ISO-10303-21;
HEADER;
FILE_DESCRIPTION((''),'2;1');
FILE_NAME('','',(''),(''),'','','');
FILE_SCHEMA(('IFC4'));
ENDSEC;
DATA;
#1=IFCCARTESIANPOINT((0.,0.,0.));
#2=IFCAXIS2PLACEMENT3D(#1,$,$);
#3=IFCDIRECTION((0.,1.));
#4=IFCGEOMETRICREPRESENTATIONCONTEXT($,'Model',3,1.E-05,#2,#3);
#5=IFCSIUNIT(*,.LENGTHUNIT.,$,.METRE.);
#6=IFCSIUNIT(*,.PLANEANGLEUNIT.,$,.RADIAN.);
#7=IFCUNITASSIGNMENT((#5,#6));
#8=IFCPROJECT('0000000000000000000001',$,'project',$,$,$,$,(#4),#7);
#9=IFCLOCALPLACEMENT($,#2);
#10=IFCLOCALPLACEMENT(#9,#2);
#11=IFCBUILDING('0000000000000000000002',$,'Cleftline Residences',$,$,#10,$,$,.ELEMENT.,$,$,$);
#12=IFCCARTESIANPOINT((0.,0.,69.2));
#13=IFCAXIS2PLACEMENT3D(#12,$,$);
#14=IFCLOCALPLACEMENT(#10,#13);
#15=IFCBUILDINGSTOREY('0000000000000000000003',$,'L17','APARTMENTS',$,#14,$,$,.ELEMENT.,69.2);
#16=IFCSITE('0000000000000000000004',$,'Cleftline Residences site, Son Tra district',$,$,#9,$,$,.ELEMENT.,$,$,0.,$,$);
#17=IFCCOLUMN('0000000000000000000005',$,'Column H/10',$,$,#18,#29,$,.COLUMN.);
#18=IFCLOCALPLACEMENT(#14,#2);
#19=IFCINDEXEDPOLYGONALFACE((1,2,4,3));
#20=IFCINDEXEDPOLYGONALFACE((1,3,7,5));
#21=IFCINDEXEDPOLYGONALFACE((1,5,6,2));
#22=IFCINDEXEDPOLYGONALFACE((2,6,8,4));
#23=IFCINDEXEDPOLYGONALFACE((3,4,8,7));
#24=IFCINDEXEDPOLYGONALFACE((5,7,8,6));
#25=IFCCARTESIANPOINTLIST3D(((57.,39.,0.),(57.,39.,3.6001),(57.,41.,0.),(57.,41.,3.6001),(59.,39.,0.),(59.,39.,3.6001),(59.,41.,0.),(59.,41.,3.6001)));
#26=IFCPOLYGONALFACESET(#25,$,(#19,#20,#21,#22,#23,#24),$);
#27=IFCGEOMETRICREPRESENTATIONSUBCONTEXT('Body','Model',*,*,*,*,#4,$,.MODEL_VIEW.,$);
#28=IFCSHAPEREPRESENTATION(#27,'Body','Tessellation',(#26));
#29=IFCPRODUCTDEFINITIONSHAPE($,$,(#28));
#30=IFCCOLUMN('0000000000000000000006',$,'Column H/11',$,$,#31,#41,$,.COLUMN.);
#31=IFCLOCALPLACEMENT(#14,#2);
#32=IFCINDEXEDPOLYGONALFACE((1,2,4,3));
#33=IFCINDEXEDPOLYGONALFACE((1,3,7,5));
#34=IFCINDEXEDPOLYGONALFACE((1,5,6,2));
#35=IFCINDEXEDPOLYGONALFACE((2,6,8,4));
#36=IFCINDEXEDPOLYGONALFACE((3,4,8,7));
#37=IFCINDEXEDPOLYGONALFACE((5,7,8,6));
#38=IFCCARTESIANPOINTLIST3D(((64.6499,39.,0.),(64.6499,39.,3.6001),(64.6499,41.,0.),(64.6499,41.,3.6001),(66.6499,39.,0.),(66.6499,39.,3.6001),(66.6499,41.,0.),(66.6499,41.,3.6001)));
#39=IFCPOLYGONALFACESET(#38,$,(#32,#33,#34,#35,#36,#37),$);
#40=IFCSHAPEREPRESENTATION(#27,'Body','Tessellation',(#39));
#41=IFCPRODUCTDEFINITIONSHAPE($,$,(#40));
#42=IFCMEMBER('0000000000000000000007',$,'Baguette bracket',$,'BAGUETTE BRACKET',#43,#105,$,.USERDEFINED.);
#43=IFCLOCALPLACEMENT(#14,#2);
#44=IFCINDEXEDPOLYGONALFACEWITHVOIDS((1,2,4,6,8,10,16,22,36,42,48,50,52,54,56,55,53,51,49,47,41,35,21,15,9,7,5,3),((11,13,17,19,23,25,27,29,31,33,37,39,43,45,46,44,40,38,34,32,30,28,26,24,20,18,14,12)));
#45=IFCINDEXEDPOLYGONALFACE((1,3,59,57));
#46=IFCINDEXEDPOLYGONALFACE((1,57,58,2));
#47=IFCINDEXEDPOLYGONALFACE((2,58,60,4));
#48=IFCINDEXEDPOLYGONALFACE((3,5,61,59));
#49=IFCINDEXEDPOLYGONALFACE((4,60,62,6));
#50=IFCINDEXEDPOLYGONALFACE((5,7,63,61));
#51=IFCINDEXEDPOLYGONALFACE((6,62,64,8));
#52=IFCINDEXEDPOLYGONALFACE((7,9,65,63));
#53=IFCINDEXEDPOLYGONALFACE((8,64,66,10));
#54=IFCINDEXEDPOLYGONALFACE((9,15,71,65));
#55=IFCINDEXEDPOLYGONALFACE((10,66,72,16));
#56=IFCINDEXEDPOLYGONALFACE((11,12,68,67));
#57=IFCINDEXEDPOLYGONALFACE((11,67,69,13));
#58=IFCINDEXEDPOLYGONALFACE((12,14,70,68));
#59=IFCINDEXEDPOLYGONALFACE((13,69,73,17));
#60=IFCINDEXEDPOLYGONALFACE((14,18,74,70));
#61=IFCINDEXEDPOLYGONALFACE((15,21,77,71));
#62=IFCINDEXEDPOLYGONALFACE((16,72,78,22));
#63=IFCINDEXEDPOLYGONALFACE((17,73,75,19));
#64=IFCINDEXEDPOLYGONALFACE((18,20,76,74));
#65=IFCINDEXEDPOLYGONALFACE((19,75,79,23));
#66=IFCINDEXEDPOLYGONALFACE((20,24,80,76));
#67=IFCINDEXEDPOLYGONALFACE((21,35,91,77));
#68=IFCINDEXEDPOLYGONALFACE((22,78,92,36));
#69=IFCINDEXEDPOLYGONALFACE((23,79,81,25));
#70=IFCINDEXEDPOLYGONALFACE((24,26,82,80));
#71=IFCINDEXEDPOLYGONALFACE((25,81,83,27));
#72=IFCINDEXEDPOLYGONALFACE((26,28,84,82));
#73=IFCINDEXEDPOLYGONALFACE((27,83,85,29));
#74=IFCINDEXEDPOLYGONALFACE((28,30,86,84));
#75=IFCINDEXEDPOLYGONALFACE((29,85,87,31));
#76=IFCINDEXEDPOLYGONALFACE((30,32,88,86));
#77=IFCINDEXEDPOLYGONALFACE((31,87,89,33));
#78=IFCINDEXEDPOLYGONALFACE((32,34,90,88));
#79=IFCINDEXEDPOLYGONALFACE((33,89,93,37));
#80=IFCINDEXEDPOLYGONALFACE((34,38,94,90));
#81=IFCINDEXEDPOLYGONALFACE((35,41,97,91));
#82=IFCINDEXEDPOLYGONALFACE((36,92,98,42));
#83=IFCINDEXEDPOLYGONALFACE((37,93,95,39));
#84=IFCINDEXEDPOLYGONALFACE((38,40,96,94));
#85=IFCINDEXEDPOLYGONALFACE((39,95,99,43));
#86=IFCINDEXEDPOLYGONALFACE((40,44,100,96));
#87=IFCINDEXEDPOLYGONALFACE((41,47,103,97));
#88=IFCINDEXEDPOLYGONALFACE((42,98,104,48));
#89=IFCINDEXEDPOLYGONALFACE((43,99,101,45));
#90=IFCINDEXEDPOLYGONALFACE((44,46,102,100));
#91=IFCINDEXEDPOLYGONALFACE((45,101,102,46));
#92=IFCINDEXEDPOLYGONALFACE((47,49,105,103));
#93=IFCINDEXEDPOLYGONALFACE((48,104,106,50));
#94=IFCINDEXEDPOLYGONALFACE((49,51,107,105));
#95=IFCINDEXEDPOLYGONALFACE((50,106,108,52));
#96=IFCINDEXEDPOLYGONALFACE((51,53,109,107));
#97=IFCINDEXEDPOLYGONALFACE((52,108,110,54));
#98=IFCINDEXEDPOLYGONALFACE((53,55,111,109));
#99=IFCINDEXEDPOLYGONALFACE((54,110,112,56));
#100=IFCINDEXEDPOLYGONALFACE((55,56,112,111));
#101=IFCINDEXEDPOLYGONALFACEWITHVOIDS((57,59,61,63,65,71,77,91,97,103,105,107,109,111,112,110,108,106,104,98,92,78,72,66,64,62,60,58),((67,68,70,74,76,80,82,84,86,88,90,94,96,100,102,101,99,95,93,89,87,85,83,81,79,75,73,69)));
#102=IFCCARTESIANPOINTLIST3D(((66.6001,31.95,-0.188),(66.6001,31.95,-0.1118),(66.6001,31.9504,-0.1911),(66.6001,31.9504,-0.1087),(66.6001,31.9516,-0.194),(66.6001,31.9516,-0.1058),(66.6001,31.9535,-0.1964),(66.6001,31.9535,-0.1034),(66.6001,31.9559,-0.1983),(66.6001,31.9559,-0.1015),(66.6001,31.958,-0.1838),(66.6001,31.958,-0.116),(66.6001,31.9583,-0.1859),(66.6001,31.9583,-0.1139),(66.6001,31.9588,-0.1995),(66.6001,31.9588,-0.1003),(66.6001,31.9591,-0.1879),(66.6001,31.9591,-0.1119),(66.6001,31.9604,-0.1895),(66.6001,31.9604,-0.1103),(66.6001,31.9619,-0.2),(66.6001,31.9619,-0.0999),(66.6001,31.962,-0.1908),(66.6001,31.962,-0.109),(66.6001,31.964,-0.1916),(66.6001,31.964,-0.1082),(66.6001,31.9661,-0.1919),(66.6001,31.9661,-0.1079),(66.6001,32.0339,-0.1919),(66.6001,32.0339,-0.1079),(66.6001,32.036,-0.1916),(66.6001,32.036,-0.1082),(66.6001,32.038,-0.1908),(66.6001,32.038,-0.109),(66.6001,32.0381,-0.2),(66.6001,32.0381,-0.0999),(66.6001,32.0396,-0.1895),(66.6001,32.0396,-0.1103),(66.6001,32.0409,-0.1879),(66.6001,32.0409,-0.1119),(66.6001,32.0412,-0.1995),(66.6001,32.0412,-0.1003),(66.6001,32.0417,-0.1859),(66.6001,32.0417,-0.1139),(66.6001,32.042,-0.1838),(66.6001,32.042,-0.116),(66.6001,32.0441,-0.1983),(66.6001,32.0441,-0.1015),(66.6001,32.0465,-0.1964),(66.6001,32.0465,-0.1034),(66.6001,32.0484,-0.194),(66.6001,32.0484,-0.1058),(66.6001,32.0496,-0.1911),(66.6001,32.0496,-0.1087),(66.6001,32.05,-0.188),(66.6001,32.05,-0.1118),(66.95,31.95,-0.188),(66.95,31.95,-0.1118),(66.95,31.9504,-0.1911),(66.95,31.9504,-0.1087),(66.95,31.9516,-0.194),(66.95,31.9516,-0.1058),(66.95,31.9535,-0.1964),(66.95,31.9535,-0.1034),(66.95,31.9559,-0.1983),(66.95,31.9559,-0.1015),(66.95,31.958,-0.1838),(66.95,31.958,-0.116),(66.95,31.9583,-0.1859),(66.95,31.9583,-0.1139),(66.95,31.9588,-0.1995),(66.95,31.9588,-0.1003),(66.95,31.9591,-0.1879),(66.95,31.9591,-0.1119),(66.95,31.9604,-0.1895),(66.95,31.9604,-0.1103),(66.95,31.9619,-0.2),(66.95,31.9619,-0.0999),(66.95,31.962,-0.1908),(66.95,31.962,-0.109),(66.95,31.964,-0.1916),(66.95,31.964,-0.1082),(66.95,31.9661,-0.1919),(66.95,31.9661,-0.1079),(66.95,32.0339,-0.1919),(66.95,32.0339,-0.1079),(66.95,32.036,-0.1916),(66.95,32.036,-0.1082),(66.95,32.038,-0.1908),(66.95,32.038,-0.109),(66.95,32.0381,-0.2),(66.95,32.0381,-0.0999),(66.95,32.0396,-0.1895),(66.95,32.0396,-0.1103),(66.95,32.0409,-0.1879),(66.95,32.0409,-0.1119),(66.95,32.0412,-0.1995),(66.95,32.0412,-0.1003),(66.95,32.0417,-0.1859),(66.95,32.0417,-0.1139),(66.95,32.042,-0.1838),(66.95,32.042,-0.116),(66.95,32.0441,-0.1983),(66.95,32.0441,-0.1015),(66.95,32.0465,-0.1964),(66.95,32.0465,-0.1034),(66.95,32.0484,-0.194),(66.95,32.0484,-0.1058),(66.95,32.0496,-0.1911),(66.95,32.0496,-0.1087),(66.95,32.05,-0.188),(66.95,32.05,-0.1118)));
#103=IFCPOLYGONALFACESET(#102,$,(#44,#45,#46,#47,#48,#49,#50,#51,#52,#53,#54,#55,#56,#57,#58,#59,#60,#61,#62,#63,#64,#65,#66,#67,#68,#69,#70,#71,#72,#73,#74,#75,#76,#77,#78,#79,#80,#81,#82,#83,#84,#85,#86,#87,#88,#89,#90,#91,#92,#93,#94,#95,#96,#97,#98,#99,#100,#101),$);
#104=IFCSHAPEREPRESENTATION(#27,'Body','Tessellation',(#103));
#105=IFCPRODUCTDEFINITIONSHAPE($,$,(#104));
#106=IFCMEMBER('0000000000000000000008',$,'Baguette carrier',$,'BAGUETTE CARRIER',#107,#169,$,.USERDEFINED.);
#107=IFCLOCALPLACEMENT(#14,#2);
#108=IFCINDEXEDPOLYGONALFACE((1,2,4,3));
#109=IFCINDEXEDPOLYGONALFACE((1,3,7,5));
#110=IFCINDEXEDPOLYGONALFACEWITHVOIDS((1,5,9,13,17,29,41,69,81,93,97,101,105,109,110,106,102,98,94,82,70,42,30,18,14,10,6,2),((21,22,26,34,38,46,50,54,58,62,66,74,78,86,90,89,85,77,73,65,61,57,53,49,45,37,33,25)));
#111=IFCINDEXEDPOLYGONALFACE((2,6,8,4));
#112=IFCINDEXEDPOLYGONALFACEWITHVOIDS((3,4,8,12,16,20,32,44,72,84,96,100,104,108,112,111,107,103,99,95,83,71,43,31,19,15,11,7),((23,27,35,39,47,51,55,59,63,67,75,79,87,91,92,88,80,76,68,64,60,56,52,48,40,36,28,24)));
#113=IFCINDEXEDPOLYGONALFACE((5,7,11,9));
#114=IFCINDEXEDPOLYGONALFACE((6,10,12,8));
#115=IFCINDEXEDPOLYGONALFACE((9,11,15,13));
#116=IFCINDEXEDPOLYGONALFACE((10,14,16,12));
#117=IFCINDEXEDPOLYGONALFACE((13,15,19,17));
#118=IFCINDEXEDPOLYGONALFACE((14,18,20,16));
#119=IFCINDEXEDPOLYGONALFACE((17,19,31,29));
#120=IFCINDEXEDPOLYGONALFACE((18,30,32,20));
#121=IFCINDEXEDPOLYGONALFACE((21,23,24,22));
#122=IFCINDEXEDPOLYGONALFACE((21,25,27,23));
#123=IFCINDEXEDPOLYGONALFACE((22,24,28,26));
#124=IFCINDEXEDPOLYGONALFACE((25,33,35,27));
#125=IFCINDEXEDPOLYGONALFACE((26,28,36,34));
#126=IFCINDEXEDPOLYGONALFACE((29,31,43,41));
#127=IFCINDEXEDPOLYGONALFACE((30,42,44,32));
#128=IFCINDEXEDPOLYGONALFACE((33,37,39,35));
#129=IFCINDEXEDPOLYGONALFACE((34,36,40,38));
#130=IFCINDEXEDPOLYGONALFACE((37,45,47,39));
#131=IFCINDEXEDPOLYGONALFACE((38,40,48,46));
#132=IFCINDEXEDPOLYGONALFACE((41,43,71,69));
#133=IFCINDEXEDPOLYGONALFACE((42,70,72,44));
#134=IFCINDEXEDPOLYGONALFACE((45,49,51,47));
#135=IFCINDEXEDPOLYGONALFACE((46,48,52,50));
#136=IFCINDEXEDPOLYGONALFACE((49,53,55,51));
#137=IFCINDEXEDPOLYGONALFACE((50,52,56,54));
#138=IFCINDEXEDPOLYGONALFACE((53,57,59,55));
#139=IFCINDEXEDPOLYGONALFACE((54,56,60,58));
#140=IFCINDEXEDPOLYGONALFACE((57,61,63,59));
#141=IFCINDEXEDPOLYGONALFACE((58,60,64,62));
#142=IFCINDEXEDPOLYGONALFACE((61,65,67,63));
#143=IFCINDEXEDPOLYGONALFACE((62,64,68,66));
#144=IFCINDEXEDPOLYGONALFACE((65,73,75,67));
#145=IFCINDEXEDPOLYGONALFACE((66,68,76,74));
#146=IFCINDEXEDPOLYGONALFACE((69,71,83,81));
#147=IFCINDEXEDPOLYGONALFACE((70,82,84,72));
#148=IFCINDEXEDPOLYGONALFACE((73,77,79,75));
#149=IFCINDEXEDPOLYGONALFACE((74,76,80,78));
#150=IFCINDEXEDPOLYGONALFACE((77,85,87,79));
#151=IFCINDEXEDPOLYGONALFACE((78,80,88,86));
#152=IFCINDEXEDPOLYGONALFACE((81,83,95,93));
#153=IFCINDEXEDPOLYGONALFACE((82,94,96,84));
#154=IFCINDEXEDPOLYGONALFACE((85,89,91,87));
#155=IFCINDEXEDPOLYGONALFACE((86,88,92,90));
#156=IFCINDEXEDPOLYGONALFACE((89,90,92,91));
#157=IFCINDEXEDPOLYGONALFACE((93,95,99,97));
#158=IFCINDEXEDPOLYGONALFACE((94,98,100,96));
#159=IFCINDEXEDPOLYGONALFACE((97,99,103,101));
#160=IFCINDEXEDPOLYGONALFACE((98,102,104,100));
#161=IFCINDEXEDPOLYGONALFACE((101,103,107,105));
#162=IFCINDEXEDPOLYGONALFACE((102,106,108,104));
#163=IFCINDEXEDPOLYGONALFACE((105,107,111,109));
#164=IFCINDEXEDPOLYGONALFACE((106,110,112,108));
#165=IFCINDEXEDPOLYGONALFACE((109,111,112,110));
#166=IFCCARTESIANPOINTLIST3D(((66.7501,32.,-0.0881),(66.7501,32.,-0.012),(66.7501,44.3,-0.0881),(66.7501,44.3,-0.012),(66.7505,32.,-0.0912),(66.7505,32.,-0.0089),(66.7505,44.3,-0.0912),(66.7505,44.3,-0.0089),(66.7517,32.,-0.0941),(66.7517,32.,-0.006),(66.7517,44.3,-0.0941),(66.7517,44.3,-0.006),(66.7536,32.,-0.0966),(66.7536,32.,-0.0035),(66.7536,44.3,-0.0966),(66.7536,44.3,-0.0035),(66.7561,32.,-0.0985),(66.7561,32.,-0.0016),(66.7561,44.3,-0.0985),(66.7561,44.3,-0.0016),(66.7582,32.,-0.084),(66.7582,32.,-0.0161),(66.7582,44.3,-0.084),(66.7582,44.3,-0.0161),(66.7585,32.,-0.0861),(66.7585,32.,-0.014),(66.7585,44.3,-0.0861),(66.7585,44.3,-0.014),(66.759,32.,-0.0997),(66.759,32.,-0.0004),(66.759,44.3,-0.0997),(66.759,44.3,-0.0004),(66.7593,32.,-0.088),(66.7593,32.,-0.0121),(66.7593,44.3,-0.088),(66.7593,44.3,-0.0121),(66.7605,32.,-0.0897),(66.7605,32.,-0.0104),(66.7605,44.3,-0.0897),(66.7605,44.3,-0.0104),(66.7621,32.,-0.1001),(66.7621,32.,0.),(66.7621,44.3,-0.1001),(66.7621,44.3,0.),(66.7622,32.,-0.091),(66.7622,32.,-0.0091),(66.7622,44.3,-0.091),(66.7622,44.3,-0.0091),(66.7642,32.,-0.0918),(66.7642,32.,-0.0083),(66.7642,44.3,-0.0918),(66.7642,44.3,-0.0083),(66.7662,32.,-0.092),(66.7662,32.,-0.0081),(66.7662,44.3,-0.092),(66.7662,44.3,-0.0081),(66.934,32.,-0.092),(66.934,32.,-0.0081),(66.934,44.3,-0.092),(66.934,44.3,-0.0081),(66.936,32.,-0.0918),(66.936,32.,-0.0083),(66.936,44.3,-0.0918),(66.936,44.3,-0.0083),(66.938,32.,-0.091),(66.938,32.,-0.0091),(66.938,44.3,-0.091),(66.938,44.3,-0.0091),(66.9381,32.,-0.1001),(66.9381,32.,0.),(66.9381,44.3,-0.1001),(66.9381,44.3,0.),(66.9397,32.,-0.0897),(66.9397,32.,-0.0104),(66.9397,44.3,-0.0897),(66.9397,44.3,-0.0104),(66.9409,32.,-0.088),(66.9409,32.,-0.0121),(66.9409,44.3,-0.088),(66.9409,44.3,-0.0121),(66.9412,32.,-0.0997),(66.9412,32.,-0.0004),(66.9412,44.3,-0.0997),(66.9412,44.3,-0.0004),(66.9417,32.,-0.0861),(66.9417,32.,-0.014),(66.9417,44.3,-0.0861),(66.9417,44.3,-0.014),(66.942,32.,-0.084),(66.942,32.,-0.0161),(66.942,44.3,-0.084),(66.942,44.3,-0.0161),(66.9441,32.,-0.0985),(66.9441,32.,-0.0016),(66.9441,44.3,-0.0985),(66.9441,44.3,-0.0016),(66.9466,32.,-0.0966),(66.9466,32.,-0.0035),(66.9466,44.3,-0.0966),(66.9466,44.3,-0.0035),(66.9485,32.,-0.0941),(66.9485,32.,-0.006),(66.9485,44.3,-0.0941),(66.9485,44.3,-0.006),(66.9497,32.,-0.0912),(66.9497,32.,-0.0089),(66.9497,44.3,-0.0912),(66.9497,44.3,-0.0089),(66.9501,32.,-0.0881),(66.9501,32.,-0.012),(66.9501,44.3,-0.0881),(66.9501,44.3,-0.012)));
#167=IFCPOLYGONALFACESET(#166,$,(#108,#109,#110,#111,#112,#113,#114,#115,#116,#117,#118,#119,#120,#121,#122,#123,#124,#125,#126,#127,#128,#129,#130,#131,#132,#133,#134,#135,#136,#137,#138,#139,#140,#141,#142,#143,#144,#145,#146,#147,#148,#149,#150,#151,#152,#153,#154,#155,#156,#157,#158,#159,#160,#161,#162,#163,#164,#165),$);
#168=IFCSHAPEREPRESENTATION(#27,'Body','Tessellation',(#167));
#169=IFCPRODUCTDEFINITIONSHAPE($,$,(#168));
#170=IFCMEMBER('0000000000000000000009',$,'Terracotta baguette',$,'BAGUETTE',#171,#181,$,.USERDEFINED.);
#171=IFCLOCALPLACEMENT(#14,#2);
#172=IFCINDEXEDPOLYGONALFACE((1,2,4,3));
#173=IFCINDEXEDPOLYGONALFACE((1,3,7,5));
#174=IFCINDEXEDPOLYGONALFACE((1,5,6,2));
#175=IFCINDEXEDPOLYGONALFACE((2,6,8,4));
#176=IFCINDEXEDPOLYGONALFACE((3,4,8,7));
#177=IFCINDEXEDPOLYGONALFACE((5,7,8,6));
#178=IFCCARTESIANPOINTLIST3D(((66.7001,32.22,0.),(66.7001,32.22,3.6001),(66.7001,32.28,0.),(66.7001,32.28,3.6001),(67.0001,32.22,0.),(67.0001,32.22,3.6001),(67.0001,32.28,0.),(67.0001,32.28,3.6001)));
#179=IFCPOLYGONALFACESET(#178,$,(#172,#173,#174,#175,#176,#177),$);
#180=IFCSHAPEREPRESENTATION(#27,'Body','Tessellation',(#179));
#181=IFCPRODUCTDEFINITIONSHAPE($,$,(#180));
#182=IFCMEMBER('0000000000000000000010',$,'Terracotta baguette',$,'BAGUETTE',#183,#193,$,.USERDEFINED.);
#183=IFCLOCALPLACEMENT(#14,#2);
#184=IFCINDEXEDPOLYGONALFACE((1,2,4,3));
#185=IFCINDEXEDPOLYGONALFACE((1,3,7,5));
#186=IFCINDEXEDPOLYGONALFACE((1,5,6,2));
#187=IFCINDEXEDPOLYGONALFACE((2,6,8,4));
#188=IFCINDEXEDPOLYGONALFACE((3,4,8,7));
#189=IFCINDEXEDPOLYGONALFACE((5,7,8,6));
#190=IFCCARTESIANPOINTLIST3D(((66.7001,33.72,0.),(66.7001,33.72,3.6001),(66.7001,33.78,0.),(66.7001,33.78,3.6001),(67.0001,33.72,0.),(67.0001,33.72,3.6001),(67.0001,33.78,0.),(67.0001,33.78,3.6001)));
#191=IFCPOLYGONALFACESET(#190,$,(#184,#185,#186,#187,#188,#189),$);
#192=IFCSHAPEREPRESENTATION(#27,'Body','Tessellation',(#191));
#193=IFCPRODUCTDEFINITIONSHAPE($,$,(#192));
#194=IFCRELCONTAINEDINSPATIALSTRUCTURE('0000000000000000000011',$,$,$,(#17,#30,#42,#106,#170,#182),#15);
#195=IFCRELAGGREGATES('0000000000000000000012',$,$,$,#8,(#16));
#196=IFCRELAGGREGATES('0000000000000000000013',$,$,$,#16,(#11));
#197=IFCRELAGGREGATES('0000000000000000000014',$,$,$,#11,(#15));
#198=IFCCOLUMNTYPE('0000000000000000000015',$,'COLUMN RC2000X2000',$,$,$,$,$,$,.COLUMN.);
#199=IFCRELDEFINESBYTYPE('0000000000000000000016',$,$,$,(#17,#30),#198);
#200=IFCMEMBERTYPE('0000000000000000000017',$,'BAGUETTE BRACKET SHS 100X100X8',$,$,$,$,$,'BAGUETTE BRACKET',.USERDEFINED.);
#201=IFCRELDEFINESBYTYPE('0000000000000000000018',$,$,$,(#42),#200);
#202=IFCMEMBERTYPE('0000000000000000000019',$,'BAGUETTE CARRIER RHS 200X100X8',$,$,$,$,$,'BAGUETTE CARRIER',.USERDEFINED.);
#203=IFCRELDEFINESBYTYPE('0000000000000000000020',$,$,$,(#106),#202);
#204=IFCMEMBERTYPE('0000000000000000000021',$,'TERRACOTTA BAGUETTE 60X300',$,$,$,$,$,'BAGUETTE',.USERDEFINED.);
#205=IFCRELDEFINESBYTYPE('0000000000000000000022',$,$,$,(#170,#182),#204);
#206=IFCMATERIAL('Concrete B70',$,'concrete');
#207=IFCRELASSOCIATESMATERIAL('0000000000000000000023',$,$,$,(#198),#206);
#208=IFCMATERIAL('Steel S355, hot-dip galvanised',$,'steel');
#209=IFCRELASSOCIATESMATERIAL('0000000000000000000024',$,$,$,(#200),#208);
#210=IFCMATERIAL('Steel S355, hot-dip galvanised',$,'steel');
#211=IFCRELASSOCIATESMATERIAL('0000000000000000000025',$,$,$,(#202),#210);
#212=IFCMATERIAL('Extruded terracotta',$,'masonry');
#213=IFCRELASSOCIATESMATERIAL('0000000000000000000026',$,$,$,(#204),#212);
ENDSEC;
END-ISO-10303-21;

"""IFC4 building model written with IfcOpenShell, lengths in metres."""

from ifc_helpers import new_model, si_unit, direction, frame, origin, origin_2d, place, context, subcontext, project, spatial, rectangle, hollow_rectangle, extrude, material, material_profile, profile_set, type_object, element, save


model = new_model("IFC4")

# Units and contexts
model_context = context("Model", 3, precision=1e-05, world=origin(), true_north=direction((0.0, 1.0)))
body_context = subcontext(model_context, "Body", "Model", "MODEL_VIEW")
ifc_project = project(units=[si_unit("LENGTHUNIT", "METRE"), si_unit("PLANEANGLEUNIT", "RADIAN")], contexts=[model_context])

# Site, building, storey
site_placement = place(None, origin())
site = spatial("IfcSite", under=ifc_project, at=site_placement, Name="Cleftline Residences site, Son Tra district", CompositionType="ELEMENT", RefElevation=0.0)
building_placement = place(site_placement, origin())
building = spatial("IfcBuilding", under=site, at=building_placement, Name="Cleftline Residences", CompositionType="ELEMENT")
storey_placement = place(building_placement, frame((0.0, 0.0, 69.2)))
storey = spatial("IfcBuildingStorey", under=building, at=storey_placement, Name="L17", Description="APARTMENTS", CompositionType="ELEMENT", Elevation=69.2)

# Columns
ifc_material_1 = material(Name="Concrete B70", Category="concrete")
ifc_material_profile_1 = material_profile(ifc_material_1, rectangle(XDim=2.0, YDim=2.0, at=origin_2d()))
ifc_profile_set_1 = profile_set([ifc_material_profile_1], Name="Concrete B70")
column_type = type_object("IfcColumnType", Name="COLUMN RC2000X2000", PredefinedType="COLUMN", material=ifc_profile_set_1)
for number, where, z_axis, x_axis, name in (
    (1, (58.0, 40.0, 0.0), (0.0, 0.0, 1.0), (1.0, 0.0, 0.0), "Column H/10"),
    (2, (65.6499, 40.0, 0.0), (0.0, 0.0, 1.0), (1.0, 0.0, 0.0), "Column H/11"),
):
    element("IfcColumn", number, at=place(storey_placement, frame(where, z_axis=z_axis, x_axis=x_axis)), inside=storey, type_object=column_type, Name=name, PredefinedType="COLUMN", context=body_context, shape_type="SweptSolid", body=[
        extrude(rectangle(XDim=2.0, YDim=2.0, at=origin_2d()), origin(), (0.0, 0.0, 1.0), 3.6001),
    ])

# Members
ifc_material_2 = material(Name="Steel S355, hot-dip galvanised", Category="steel")
ifc_material_profile_2 = material_profile(ifc_material_2, hollow_rectangle(XDim=0.1001, YDim=0.1001, WallThickness=0.0081, InnerFilletRadius=0.0081, OuterFilletRadius=0.012, at=origin_2d()))
ifc_profile_set_2 = profile_set([ifc_material_profile_2], Name="Steel S355, hot-dip galvanised")
member_type_1 = type_object("IfcMemberType", Name="BAGUETTE BRACKET SHS 100X100X8", ElementType="BAGUETTE BRACKET", PredefinedType="USERDEFINED", material=ifc_profile_set_2)
member_1_placement = place(storey_placement, frame((66.6001, 32.0, -0.1499), z_axis=(1.0, 0.0, 0.0), x_axis=(0.0, 1.0, 0.0)))
element("IfcMember", 3, at=member_1_placement, inside=storey, type_object=member_type_1, Name="Baguette bracket", ObjectType="BAGUETTE BRACKET", PredefinedType="USERDEFINED", context=body_context, shape_type="SweptSolid", body=[
    extrude(hollow_rectangle(XDim=0.1001, YDim=0.1001, WallThickness=0.0081, InnerFilletRadius=0.0081, OuterFilletRadius=0.012, at=origin_2d()), origin(), (0.0, 0.0, 1.0), 0.3499),
])
ifc_material_3 = material(Name="Steel S355, hot-dip galvanised", Category="steel")
ifc_material_profile_3 = material_profile(ifc_material_3, hollow_rectangle(XDim=0.1001, YDim=0.2, WallThickness=0.0081, InnerFilletRadius=0.0081, OuterFilletRadius=0.012, at=origin_2d()))
ifc_profile_set_3 = profile_set([ifc_material_profile_3], Name="Steel S355, hot-dip galvanised")
member_type_2 = type_object("IfcMemberType", Name="BAGUETTE CARRIER RHS 200X100X8", ElementType="BAGUETTE CARRIER", PredefinedType="USERDEFINED", material=ifc_profile_set_3)
member_2_placement = place(storey_placement, frame((66.8501, 32.0, -0.05), z_axis=(0.0, 1.0, 0.0), x_axis=(0.0, 0.0, 1.0)))
element("IfcMember", 4, at=member_2_placement, inside=storey, type_object=member_type_2, Name="Baguette carrier", ObjectType="BAGUETTE CARRIER", PredefinedType="USERDEFINED", context=body_context, shape_type="SweptSolid", body=[
    extrude(hollow_rectangle(XDim=0.1001, YDim=0.2, WallThickness=0.0081, InnerFilletRadius=0.0081, OuterFilletRadius=0.012, at=origin_2d()), origin(), (0.0, 0.0, 1.0), 12.3),
])
ifc_material_4 = material(Name="Extruded terracotta", Category="masonry")
ifc_material_profile_4 = material_profile(ifc_material_4, rectangle(XDim=0.0601, YDim=0.3, at=origin_2d()))
ifc_profile_set_4 = profile_set([ifc_material_profile_4], Name="Extruded terracotta")
member_type_3 = type_object("IfcMemberType", Name="TERRACOTTA BAGUETTE 60X300", ElementType="BAGUETTE", PredefinedType="USERDEFINED", material=ifc_profile_set_4)
for number, where, z_axis, x_axis, name in (
    (5, (66.8501, 32.25, 0.0), (0.0, 0.0, 1.0), (0.0, 1.0, 0.0), "Terracotta baguette"),
    (6, (66.8501, 33.75, 0.0), (0.0, 0.0, 1.0), (0.0, 1.0, 0.0), "Terracotta baguette"),
):
    element("IfcMember", number, at=place(storey_placement, frame(where, z_axis=z_axis, x_axis=x_axis)), inside=storey, type_object=member_type_3, Name=name, ObjectType="BAGUETTE", PredefinedType="USERDEFINED", context=body_context, shape_type="SweptSolid", body=[
        extrude(rectangle(XDim=0.0601, YDim=0.3, at=origin_2d()), origin(), (0.0, 0.0, 1.0), 3.6001),
    ])

save(model, "model.ifc")
